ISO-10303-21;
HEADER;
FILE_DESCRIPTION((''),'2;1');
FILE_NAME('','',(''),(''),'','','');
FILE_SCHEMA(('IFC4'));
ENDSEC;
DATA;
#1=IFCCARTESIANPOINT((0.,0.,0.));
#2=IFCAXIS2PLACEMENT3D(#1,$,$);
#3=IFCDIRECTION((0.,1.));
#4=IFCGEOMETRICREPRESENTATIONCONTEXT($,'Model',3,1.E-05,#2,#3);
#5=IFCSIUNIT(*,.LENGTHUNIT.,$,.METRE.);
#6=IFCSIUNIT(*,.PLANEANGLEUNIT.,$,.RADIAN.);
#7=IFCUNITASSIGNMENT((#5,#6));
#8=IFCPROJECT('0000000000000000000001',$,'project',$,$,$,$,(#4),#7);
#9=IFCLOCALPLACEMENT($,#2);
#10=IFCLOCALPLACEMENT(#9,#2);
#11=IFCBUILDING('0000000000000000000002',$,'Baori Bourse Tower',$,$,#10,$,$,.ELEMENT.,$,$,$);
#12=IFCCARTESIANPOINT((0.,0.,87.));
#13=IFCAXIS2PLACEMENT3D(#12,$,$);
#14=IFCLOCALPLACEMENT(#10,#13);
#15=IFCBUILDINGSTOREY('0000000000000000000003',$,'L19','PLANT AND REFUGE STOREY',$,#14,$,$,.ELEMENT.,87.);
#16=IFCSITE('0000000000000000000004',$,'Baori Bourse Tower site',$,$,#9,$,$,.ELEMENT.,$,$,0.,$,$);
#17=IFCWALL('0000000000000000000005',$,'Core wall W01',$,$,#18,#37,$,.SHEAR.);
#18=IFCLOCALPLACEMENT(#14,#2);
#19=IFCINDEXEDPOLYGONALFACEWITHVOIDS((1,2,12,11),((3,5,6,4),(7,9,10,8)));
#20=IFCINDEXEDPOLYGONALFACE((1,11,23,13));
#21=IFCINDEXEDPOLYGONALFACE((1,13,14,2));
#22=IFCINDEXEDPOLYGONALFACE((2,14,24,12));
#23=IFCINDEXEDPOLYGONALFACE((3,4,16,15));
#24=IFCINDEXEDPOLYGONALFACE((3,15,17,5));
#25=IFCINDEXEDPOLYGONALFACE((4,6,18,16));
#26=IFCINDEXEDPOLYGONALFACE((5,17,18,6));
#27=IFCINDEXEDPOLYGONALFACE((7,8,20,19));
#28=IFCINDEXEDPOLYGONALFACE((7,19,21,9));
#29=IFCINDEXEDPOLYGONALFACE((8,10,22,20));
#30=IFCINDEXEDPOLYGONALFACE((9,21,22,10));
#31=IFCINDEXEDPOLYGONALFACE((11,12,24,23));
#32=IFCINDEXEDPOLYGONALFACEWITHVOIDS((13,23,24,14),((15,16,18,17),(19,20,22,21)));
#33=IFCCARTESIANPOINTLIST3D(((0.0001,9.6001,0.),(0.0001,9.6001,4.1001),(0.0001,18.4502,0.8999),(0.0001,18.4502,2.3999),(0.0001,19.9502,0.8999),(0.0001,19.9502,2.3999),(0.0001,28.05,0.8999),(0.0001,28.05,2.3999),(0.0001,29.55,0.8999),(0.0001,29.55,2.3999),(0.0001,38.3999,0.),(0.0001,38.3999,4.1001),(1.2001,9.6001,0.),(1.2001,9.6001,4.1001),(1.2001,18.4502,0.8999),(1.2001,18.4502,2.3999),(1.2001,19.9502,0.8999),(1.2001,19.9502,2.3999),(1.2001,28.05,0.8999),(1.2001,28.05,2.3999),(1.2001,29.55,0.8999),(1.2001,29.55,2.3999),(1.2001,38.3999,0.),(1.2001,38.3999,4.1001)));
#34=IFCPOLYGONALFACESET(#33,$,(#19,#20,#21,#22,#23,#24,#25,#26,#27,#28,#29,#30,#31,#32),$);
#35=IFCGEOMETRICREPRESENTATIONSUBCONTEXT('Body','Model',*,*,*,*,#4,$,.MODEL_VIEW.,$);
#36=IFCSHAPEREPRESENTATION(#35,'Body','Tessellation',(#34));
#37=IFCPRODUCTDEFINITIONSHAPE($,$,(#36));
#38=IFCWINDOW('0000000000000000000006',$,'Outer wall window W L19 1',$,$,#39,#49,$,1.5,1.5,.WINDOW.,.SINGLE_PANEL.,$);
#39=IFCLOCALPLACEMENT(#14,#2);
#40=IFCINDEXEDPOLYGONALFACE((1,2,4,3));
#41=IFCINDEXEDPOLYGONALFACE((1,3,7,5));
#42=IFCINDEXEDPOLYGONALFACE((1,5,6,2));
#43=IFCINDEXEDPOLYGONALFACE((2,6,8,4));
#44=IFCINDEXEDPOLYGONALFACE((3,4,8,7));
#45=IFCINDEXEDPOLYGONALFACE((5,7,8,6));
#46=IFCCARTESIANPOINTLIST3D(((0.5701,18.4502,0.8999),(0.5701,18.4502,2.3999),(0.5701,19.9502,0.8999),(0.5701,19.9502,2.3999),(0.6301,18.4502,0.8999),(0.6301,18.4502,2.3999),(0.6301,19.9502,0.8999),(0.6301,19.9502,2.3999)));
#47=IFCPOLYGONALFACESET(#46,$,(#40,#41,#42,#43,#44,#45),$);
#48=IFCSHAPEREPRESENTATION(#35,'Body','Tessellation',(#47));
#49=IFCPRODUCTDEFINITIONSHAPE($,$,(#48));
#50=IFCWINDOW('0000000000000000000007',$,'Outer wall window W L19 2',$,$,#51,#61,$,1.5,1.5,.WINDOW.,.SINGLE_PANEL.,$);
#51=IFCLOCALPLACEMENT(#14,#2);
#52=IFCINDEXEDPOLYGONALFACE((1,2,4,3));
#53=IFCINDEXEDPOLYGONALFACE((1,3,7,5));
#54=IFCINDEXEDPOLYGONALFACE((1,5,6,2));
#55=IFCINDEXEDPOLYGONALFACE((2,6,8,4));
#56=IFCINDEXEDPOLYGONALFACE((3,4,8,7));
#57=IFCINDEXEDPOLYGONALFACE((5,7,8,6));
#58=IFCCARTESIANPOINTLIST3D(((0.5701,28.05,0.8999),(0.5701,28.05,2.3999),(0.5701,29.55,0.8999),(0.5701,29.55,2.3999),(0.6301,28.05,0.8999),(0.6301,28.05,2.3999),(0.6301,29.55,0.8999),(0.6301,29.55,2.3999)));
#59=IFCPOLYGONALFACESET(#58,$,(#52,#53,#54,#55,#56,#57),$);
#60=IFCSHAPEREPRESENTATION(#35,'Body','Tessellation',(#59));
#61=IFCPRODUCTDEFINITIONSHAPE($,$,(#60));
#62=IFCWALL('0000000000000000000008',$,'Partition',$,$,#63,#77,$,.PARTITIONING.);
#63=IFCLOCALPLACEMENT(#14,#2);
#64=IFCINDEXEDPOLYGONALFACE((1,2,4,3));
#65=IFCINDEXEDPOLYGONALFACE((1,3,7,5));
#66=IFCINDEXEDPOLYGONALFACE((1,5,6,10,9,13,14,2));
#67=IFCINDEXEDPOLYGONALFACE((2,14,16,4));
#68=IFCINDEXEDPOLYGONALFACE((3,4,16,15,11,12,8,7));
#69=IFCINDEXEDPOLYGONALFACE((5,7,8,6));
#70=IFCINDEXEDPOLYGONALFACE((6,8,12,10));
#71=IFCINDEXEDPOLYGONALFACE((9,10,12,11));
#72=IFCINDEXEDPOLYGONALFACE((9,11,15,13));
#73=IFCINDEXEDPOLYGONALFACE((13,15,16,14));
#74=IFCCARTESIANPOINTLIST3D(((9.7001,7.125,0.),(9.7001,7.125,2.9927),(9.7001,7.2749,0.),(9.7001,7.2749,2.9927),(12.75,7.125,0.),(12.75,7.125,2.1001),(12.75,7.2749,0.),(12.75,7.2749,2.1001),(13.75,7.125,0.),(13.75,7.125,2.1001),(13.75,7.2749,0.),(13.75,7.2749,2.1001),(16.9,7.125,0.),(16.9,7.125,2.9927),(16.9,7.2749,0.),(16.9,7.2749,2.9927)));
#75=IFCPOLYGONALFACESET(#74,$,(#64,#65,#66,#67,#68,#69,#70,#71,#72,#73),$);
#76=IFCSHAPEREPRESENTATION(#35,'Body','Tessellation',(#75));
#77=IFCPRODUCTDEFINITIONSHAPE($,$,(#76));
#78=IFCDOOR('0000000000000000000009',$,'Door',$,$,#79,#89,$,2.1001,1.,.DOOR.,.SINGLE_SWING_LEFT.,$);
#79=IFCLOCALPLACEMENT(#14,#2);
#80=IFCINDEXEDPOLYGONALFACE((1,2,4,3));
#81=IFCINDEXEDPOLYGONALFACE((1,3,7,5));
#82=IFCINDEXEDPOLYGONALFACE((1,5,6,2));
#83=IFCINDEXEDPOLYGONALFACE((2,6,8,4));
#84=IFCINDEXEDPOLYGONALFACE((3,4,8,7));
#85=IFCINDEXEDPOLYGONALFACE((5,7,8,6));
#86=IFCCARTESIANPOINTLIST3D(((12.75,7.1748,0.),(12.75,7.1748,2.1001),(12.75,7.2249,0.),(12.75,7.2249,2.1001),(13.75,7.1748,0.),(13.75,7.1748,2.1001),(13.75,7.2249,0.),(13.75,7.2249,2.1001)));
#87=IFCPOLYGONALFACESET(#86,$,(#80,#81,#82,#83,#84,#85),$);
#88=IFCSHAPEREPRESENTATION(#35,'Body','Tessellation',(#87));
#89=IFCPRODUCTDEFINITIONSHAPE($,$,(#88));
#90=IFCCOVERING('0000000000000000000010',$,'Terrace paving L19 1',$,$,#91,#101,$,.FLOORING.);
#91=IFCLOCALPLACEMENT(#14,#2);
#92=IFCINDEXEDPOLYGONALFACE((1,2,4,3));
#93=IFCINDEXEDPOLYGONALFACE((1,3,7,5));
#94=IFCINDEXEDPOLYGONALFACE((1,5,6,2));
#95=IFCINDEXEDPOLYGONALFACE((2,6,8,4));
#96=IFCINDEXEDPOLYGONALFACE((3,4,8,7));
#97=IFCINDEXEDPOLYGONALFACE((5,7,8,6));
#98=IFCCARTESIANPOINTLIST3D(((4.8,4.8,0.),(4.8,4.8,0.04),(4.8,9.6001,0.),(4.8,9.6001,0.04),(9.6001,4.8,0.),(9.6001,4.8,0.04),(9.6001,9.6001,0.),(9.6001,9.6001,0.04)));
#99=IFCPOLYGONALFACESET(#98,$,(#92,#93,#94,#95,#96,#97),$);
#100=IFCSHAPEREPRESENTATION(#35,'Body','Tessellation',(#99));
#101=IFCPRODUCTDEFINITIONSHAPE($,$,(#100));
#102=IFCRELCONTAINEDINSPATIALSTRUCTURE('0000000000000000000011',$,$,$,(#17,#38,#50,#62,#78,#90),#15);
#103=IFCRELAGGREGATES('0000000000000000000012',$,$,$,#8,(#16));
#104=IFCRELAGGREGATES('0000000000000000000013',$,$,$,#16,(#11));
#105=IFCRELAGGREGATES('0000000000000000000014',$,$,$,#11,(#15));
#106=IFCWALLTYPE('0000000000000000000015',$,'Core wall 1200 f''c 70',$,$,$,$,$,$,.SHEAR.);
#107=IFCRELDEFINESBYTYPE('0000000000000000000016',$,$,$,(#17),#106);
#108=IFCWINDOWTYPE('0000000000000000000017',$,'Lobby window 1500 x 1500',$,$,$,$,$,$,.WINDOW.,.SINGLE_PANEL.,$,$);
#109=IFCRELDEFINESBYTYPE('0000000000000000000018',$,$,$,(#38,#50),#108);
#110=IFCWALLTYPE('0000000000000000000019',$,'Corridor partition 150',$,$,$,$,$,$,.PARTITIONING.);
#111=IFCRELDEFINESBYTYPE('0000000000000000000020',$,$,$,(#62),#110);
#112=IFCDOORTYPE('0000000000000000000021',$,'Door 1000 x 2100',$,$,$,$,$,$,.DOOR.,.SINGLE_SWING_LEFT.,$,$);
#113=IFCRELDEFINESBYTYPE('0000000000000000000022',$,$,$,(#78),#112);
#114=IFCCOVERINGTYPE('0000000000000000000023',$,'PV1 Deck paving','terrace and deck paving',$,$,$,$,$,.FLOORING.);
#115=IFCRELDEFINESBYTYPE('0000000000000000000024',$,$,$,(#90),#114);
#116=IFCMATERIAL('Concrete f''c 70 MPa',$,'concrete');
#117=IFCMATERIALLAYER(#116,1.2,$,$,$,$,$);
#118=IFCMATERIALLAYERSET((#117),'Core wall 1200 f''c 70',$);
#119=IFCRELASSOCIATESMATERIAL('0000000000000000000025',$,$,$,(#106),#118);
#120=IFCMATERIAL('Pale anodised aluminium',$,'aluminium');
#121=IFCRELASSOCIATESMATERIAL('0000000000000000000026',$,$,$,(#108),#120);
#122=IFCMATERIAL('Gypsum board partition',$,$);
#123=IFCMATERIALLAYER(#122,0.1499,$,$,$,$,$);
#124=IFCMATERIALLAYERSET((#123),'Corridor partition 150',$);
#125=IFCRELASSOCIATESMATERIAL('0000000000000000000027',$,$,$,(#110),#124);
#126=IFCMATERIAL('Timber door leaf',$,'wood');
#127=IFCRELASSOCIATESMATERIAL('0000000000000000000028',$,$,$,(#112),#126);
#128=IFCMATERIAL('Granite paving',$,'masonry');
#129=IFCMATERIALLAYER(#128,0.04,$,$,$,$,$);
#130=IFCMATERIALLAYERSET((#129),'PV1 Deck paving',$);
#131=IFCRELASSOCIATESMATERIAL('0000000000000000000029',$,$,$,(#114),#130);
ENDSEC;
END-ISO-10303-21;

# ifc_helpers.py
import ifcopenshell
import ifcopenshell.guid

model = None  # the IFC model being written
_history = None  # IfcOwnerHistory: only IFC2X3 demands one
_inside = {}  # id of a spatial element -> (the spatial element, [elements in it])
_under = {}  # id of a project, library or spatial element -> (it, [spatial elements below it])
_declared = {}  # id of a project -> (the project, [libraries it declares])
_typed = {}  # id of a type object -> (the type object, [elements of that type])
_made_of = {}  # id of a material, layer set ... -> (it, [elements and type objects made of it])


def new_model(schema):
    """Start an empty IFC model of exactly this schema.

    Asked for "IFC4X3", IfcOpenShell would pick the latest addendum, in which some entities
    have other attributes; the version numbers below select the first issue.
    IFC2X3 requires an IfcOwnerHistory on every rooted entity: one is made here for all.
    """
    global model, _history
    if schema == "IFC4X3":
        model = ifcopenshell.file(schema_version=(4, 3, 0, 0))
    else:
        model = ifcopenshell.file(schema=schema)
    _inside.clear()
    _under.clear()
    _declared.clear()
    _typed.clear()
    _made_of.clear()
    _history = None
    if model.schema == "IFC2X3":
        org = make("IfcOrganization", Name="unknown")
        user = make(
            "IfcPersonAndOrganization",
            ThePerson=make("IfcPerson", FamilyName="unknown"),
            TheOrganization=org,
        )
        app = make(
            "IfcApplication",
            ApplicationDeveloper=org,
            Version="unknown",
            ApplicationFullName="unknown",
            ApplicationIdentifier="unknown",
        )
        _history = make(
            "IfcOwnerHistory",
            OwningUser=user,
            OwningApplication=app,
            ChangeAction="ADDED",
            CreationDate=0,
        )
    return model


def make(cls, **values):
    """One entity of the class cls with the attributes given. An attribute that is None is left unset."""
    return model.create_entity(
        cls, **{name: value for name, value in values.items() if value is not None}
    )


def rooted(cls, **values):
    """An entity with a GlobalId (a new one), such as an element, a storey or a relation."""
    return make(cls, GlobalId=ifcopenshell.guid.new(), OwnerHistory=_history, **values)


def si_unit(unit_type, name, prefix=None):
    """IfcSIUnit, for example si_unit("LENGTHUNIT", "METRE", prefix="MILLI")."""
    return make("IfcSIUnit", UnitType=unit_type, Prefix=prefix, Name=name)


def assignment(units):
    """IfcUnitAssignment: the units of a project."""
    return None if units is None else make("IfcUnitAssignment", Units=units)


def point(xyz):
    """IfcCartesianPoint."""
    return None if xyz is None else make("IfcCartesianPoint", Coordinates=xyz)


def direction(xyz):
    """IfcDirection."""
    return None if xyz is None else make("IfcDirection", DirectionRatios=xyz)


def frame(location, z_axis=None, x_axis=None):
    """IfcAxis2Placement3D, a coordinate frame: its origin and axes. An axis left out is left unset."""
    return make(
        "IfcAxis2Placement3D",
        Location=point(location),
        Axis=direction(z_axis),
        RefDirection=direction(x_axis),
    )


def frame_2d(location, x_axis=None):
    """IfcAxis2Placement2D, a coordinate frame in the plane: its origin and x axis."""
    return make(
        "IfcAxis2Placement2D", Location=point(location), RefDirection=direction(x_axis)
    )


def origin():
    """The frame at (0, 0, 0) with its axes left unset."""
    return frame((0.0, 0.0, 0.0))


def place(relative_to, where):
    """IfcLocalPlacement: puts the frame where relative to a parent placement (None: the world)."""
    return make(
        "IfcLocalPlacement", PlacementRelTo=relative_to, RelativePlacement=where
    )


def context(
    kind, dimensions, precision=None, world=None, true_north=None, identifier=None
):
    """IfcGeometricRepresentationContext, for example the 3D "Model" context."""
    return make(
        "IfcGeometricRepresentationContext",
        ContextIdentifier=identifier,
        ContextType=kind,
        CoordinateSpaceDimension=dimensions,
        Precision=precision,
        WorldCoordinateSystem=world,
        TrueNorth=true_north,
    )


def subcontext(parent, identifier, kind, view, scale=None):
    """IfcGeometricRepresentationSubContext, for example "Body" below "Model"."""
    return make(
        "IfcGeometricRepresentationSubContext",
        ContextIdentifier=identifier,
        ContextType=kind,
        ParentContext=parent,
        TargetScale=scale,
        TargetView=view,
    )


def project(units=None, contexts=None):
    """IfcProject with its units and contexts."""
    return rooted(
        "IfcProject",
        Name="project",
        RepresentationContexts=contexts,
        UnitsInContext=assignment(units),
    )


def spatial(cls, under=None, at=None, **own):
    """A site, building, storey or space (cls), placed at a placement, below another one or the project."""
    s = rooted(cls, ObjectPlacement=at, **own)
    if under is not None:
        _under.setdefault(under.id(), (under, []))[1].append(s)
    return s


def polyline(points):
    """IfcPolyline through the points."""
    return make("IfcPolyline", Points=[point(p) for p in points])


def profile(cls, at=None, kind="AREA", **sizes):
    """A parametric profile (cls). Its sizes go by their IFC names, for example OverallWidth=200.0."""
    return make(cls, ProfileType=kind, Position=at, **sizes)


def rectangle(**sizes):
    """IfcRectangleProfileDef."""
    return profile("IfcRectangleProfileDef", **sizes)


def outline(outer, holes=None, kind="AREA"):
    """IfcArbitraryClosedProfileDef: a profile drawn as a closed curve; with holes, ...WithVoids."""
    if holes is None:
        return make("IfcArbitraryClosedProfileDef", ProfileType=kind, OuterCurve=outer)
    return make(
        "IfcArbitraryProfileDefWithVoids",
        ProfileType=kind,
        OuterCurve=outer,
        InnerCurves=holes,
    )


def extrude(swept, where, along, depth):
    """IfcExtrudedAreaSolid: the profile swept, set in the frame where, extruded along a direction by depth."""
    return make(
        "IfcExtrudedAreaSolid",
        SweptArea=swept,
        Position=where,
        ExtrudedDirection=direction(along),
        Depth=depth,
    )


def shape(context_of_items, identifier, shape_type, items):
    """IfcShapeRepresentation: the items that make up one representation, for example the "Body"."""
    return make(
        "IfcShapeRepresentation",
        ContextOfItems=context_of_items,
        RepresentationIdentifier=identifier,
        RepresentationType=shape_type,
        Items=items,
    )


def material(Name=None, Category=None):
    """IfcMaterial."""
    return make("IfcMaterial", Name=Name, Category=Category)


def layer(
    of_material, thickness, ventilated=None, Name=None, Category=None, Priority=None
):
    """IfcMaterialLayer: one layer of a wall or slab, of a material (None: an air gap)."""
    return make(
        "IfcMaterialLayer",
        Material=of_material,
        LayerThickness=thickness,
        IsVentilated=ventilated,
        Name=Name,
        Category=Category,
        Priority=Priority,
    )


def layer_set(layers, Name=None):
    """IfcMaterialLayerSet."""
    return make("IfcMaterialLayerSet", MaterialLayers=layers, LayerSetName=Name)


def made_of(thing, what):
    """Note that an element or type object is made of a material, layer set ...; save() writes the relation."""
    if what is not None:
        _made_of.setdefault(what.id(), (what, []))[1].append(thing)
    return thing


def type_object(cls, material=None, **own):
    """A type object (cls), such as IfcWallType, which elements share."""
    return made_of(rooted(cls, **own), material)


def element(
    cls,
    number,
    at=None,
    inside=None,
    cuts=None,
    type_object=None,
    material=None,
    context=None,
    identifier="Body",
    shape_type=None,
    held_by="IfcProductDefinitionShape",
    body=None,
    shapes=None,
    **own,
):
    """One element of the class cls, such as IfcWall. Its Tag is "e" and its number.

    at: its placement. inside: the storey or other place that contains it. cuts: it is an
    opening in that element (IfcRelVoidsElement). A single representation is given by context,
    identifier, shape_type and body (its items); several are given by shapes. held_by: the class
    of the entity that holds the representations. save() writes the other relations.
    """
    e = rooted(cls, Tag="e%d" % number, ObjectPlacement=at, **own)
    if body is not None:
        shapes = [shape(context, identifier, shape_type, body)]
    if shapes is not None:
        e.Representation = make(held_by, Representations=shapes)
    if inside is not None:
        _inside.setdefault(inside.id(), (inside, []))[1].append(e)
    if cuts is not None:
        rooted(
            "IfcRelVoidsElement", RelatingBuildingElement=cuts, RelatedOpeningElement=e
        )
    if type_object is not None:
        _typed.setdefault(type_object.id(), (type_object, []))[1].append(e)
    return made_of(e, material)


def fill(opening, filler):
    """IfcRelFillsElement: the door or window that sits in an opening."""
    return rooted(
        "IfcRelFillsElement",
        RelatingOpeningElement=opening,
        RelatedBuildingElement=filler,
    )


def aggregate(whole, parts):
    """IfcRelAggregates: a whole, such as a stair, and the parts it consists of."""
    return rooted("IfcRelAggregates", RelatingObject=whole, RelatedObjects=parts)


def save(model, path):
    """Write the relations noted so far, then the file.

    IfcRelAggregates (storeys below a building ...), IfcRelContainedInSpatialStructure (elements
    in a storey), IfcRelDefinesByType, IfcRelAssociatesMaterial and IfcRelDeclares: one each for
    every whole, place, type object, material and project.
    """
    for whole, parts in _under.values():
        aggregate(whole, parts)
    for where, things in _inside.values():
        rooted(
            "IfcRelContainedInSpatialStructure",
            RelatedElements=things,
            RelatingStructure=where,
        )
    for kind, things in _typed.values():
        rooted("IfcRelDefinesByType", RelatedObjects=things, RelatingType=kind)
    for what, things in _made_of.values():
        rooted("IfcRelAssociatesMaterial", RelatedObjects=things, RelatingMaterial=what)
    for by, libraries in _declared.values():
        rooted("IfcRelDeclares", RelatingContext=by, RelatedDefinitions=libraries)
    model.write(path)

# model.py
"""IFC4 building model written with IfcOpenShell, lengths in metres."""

from ifc_helpers import new_model, si_unit, direction, frame, frame_2d, origin, place, context, subcontext, project, spatial, polyline, rectangle, outline, extrude, material, layer, layer_set, type_object, element, fill, save


model = new_model("IFC4")

# Units and contexts
model_context = context("Model", 3, precision=1e-05, world=origin(), true_north=direction((0.0, 1.0)))
body_context = subcontext(model_context, "Body", "Model", "MODEL_VIEW")
ifc_project = project(units=[si_unit("LENGTHUNIT", "METRE"), si_unit("PLANEANGLEUNIT", "RADIAN")], contexts=[model_context])

# Site, building, storey
site_placement = place(None, origin())
site = spatial("IfcSite", under=ifc_project, at=site_placement, Name="Baori Bourse Tower site", CompositionType="ELEMENT", RefElevation=0.0)
building_placement = place(site_placement, origin())
building = spatial("IfcBuilding", under=site, at=building_placement, Name="Baori Bourse Tower", CompositionType="ELEMENT")
storey_placement = place(building_placement, frame((0.0, 0.0, 87.0)))
storey = spatial("IfcBuildingStorey", under=building, at=storey_placement, Name="L19", Description="PLANT AND REFUGE STOREY", CompositionType="ELEMENT", Elevation=87.0)

# Wall, openings, windows
ifc_material_1 = material(Name="Concrete f'c 70 MPa", Category="concrete")
ifc_layer_1 = layer(ifc_material_1, 1.2)
ifc_layer_set_1 = layer_set([ifc_layer_1], Name="Core wall 1200 f'c 70")
wall_type_1 = type_object("IfcWallType", Name="Core wall 1200 f'c 70", PredefinedType="SHEAR", material=ifc_layer_set_1)
wall_1_placement = place(storey_placement, frame((0.6001, 9.6001, 0.0), z_axis=(0.0, 0.0, 1.0), x_axis=(0.0, 1.0, 0.0)))
wall_1 = element("IfcWall", 1, at=wall_1_placement, inside=storey, type_object=wall_type_1, Name="Core wall W01", PredefinedType="SHEAR", context=body_context, shape_type="SweptSolid", body=[
    extrude(rectangle(XDim=28.7998, YDim=1.2, at=frame_2d((14.3999, 0.0))), origin(), (0.0, 0.0, 1.0), 4.1001),
])
opening_1_placement = place(wall_1_placement, frame((8.8501, 0.0, 0.8999)))
opening_1 = element("IfcOpeningElement", 2, at=opening_1_placement, cuts=wall_1, PredefinedType="OPENING", context=body_context, shape_type="SweptSolid", body=[
    extrude(rectangle(XDim=1.5, YDim=1.5, at=frame_2d((0.75, 0.75))), frame((0.0, 0.6099, 0.0), z_axis=(0.0, -1.0, 0.0), x_axis=(1.0, 0.0, 0.0)), (0.0, 0.0, 1.0), 1.22),
])
opening_2_placement = place(wall_1_placement, frame((18.45, 0.0, 0.8999)))
opening_2 = element("IfcOpeningElement", 3, at=opening_2_placement, cuts=wall_1, PredefinedType="OPENING", context=body_context, shape_type="SweptSolid", body=[
    extrude(rectangle(XDim=1.5, YDim=1.5, at=frame_2d((0.75, 0.75))), frame((0.0, 0.6099, 0.0), z_axis=(0.0, -1.0, 0.0), x_axis=(1.0, 0.0, 0.0)), (0.0, 0.0, 1.0), 1.22),
])
ifc_material_2 = material(Name="Pale anodised aluminium", Category="aluminium")
window_type = type_object("IfcWindowType", Name="Lobby window 1500 x 1500", PartitioningType="SINGLE_PANEL", PredefinedType="WINDOW", material=ifc_material_2)
window_1_placement = place(opening_1_placement, origin())
window_1 = element("IfcWindow", 4, at=window_1_placement, inside=storey, type_object=window_type, Name="Outer wall window W L19 1", OverallHeight=1.5, OverallWidth=1.5, PartitioningType="SINGLE_PANEL", PredefinedType="WINDOW", context=body_context, shape_type="SweptSolid", body=[
    extrude(rectangle(XDim=1.5, YDim=1.5, at=frame_2d((0.75, 0.75))), frame((0.0, 0.03, 0.0), z_axis=(0.0, -1.0, 0.0), x_axis=(1.0, 0.0, 0.0)), (0.0, 0.0, 1.0), 0.0601),
])
fill(opening_1, window_1)
window_2_placement = place(opening_2_placement, origin())
window_2 = element("IfcWindow", 5, at=window_2_placement, inside=storey, type_object=window_type, Name="Outer wall window W L19 2", OverallHeight=1.5, OverallWidth=1.5, PartitioningType="SINGLE_PANEL", PredefinedType="WINDOW", context=body_context, shape_type="SweptSolid", body=[
    extrude(rectangle(XDim=1.5, YDim=1.5, at=frame_2d((0.75, 0.75))), frame((0.0, 0.03, 0.0), z_axis=(0.0, -1.0, 0.0), x_axis=(1.0, 0.0, 0.0)), (0.0, 0.0, 1.0), 0.0601),
])
fill(opening_2, window_2)

# Wall, opening, door
ifc_material_3 = material(Name="Gypsum board partition")
ifc_layer_2 = layer(ifc_material_3, 0.1499)
ifc_layer_set_2 = layer_set([ifc_layer_2], Name="Corridor partition 150")
wall_type_2 = type_object("IfcWallType", Name="Corridor partition 150", PredefinedType="PARTITIONING", material=ifc_layer_set_2)
wall_2_placement = place(storey_placement, frame((9.7, 7.2, 0.0), z_axis=(0.0, 0.0, 1.0), x_axis=(1.0, 0.0, 0.0)))
wall_2 = element("IfcWall", 6, at=wall_2_placement, inside=storey, type_object=wall_type_2, Name="Partition", PredefinedType="PARTITIONING", context=body_context, shape_type="SweptSolid", body=[
    extrude(rectangle(XDim=7.2, YDim=0.1499, at=frame_2d((3.6001, 0.0))), origin(), (0.0, 0.0, 1.0), 2.9927),
])
opening_3_placement = place(wall_2_placement, frame((3.05, 0.0, 0.0)))
opening_3 = element("IfcOpeningElement", 7, at=opening_3_placement, cuts=wall_2, PredefinedType="OPENING", context=body_context, shape_type="SweptSolid", body=[
    extrude(rectangle(XDim=1.0, YDim=2.1001, at=frame_2d((0.5, 1.05))), frame((0.0, 0.085, 0.0), z_axis=(0.0, -1.0, 0.0), x_axis=(1.0, 0.0, 0.0)), (0.0, 0.0, 1.0), 0.1699),
])
ifc_material_4 = material(Name="Timber door leaf", Category="wood")
door_type = type_object("IfcDoorType", Name="Door 1000 x 2100", OperationType="SINGLE_SWING_LEFT", PredefinedType="DOOR", material=ifc_material_4)
door_placement = place(opening_3_placement, origin())
door = element("IfcDoor", 8, at=door_placement, inside=storey, type_object=door_type, Name="Door", OperationType="SINGLE_SWING_LEFT", OverallHeight=2.1001, OverallWidth=1.0, PredefinedType="DOOR", context=body_context, shape_type="SweptSolid", body=[
    extrude(rectangle(XDim=1.0, YDim=2.1001, at=frame_2d((0.5, 1.05))), frame((0.0, 0.0249, 0.0), z_axis=(0.0, -1.0, 0.0), x_axis=(1.0, 0.0, 0.0)), (0.0, 0.0, 1.0), 0.05),
])
fill(opening_3, door)

# Covering
ifc_material_5 = material(Name="Granite paving", Category="masonry")
ifc_layer_3 = layer(ifc_material_5, 0.04)
ifc_layer_set_3 = layer_set([ifc_layer_3], Name="PV1 Deck paving")
covering_type = type_object("IfcCoveringType", Name="PV1 Deck paving", Description="terrace and deck paving", PredefinedType="FLOORING", material=ifc_layer_set_3)
covering_placement = place(storey_placement, origin())
element("IfcCovering", 9, at=covering_placement, inside=storey, type_object=covering_type, Name="Terrace paving L19 1", PredefinedType="FLOORING", context=body_context, shape_type="SweptSolid", body=[
    extrude(outline(polyline([(9.6001, 9.6001), (4.8, 9.6001), (4.8, 4.8), (9.6001, 4.8), (9.6001, 9.6001)])), origin(), (0.0, 0.0, 1.0), 0.04),
])

save(model, "model.ifc")
